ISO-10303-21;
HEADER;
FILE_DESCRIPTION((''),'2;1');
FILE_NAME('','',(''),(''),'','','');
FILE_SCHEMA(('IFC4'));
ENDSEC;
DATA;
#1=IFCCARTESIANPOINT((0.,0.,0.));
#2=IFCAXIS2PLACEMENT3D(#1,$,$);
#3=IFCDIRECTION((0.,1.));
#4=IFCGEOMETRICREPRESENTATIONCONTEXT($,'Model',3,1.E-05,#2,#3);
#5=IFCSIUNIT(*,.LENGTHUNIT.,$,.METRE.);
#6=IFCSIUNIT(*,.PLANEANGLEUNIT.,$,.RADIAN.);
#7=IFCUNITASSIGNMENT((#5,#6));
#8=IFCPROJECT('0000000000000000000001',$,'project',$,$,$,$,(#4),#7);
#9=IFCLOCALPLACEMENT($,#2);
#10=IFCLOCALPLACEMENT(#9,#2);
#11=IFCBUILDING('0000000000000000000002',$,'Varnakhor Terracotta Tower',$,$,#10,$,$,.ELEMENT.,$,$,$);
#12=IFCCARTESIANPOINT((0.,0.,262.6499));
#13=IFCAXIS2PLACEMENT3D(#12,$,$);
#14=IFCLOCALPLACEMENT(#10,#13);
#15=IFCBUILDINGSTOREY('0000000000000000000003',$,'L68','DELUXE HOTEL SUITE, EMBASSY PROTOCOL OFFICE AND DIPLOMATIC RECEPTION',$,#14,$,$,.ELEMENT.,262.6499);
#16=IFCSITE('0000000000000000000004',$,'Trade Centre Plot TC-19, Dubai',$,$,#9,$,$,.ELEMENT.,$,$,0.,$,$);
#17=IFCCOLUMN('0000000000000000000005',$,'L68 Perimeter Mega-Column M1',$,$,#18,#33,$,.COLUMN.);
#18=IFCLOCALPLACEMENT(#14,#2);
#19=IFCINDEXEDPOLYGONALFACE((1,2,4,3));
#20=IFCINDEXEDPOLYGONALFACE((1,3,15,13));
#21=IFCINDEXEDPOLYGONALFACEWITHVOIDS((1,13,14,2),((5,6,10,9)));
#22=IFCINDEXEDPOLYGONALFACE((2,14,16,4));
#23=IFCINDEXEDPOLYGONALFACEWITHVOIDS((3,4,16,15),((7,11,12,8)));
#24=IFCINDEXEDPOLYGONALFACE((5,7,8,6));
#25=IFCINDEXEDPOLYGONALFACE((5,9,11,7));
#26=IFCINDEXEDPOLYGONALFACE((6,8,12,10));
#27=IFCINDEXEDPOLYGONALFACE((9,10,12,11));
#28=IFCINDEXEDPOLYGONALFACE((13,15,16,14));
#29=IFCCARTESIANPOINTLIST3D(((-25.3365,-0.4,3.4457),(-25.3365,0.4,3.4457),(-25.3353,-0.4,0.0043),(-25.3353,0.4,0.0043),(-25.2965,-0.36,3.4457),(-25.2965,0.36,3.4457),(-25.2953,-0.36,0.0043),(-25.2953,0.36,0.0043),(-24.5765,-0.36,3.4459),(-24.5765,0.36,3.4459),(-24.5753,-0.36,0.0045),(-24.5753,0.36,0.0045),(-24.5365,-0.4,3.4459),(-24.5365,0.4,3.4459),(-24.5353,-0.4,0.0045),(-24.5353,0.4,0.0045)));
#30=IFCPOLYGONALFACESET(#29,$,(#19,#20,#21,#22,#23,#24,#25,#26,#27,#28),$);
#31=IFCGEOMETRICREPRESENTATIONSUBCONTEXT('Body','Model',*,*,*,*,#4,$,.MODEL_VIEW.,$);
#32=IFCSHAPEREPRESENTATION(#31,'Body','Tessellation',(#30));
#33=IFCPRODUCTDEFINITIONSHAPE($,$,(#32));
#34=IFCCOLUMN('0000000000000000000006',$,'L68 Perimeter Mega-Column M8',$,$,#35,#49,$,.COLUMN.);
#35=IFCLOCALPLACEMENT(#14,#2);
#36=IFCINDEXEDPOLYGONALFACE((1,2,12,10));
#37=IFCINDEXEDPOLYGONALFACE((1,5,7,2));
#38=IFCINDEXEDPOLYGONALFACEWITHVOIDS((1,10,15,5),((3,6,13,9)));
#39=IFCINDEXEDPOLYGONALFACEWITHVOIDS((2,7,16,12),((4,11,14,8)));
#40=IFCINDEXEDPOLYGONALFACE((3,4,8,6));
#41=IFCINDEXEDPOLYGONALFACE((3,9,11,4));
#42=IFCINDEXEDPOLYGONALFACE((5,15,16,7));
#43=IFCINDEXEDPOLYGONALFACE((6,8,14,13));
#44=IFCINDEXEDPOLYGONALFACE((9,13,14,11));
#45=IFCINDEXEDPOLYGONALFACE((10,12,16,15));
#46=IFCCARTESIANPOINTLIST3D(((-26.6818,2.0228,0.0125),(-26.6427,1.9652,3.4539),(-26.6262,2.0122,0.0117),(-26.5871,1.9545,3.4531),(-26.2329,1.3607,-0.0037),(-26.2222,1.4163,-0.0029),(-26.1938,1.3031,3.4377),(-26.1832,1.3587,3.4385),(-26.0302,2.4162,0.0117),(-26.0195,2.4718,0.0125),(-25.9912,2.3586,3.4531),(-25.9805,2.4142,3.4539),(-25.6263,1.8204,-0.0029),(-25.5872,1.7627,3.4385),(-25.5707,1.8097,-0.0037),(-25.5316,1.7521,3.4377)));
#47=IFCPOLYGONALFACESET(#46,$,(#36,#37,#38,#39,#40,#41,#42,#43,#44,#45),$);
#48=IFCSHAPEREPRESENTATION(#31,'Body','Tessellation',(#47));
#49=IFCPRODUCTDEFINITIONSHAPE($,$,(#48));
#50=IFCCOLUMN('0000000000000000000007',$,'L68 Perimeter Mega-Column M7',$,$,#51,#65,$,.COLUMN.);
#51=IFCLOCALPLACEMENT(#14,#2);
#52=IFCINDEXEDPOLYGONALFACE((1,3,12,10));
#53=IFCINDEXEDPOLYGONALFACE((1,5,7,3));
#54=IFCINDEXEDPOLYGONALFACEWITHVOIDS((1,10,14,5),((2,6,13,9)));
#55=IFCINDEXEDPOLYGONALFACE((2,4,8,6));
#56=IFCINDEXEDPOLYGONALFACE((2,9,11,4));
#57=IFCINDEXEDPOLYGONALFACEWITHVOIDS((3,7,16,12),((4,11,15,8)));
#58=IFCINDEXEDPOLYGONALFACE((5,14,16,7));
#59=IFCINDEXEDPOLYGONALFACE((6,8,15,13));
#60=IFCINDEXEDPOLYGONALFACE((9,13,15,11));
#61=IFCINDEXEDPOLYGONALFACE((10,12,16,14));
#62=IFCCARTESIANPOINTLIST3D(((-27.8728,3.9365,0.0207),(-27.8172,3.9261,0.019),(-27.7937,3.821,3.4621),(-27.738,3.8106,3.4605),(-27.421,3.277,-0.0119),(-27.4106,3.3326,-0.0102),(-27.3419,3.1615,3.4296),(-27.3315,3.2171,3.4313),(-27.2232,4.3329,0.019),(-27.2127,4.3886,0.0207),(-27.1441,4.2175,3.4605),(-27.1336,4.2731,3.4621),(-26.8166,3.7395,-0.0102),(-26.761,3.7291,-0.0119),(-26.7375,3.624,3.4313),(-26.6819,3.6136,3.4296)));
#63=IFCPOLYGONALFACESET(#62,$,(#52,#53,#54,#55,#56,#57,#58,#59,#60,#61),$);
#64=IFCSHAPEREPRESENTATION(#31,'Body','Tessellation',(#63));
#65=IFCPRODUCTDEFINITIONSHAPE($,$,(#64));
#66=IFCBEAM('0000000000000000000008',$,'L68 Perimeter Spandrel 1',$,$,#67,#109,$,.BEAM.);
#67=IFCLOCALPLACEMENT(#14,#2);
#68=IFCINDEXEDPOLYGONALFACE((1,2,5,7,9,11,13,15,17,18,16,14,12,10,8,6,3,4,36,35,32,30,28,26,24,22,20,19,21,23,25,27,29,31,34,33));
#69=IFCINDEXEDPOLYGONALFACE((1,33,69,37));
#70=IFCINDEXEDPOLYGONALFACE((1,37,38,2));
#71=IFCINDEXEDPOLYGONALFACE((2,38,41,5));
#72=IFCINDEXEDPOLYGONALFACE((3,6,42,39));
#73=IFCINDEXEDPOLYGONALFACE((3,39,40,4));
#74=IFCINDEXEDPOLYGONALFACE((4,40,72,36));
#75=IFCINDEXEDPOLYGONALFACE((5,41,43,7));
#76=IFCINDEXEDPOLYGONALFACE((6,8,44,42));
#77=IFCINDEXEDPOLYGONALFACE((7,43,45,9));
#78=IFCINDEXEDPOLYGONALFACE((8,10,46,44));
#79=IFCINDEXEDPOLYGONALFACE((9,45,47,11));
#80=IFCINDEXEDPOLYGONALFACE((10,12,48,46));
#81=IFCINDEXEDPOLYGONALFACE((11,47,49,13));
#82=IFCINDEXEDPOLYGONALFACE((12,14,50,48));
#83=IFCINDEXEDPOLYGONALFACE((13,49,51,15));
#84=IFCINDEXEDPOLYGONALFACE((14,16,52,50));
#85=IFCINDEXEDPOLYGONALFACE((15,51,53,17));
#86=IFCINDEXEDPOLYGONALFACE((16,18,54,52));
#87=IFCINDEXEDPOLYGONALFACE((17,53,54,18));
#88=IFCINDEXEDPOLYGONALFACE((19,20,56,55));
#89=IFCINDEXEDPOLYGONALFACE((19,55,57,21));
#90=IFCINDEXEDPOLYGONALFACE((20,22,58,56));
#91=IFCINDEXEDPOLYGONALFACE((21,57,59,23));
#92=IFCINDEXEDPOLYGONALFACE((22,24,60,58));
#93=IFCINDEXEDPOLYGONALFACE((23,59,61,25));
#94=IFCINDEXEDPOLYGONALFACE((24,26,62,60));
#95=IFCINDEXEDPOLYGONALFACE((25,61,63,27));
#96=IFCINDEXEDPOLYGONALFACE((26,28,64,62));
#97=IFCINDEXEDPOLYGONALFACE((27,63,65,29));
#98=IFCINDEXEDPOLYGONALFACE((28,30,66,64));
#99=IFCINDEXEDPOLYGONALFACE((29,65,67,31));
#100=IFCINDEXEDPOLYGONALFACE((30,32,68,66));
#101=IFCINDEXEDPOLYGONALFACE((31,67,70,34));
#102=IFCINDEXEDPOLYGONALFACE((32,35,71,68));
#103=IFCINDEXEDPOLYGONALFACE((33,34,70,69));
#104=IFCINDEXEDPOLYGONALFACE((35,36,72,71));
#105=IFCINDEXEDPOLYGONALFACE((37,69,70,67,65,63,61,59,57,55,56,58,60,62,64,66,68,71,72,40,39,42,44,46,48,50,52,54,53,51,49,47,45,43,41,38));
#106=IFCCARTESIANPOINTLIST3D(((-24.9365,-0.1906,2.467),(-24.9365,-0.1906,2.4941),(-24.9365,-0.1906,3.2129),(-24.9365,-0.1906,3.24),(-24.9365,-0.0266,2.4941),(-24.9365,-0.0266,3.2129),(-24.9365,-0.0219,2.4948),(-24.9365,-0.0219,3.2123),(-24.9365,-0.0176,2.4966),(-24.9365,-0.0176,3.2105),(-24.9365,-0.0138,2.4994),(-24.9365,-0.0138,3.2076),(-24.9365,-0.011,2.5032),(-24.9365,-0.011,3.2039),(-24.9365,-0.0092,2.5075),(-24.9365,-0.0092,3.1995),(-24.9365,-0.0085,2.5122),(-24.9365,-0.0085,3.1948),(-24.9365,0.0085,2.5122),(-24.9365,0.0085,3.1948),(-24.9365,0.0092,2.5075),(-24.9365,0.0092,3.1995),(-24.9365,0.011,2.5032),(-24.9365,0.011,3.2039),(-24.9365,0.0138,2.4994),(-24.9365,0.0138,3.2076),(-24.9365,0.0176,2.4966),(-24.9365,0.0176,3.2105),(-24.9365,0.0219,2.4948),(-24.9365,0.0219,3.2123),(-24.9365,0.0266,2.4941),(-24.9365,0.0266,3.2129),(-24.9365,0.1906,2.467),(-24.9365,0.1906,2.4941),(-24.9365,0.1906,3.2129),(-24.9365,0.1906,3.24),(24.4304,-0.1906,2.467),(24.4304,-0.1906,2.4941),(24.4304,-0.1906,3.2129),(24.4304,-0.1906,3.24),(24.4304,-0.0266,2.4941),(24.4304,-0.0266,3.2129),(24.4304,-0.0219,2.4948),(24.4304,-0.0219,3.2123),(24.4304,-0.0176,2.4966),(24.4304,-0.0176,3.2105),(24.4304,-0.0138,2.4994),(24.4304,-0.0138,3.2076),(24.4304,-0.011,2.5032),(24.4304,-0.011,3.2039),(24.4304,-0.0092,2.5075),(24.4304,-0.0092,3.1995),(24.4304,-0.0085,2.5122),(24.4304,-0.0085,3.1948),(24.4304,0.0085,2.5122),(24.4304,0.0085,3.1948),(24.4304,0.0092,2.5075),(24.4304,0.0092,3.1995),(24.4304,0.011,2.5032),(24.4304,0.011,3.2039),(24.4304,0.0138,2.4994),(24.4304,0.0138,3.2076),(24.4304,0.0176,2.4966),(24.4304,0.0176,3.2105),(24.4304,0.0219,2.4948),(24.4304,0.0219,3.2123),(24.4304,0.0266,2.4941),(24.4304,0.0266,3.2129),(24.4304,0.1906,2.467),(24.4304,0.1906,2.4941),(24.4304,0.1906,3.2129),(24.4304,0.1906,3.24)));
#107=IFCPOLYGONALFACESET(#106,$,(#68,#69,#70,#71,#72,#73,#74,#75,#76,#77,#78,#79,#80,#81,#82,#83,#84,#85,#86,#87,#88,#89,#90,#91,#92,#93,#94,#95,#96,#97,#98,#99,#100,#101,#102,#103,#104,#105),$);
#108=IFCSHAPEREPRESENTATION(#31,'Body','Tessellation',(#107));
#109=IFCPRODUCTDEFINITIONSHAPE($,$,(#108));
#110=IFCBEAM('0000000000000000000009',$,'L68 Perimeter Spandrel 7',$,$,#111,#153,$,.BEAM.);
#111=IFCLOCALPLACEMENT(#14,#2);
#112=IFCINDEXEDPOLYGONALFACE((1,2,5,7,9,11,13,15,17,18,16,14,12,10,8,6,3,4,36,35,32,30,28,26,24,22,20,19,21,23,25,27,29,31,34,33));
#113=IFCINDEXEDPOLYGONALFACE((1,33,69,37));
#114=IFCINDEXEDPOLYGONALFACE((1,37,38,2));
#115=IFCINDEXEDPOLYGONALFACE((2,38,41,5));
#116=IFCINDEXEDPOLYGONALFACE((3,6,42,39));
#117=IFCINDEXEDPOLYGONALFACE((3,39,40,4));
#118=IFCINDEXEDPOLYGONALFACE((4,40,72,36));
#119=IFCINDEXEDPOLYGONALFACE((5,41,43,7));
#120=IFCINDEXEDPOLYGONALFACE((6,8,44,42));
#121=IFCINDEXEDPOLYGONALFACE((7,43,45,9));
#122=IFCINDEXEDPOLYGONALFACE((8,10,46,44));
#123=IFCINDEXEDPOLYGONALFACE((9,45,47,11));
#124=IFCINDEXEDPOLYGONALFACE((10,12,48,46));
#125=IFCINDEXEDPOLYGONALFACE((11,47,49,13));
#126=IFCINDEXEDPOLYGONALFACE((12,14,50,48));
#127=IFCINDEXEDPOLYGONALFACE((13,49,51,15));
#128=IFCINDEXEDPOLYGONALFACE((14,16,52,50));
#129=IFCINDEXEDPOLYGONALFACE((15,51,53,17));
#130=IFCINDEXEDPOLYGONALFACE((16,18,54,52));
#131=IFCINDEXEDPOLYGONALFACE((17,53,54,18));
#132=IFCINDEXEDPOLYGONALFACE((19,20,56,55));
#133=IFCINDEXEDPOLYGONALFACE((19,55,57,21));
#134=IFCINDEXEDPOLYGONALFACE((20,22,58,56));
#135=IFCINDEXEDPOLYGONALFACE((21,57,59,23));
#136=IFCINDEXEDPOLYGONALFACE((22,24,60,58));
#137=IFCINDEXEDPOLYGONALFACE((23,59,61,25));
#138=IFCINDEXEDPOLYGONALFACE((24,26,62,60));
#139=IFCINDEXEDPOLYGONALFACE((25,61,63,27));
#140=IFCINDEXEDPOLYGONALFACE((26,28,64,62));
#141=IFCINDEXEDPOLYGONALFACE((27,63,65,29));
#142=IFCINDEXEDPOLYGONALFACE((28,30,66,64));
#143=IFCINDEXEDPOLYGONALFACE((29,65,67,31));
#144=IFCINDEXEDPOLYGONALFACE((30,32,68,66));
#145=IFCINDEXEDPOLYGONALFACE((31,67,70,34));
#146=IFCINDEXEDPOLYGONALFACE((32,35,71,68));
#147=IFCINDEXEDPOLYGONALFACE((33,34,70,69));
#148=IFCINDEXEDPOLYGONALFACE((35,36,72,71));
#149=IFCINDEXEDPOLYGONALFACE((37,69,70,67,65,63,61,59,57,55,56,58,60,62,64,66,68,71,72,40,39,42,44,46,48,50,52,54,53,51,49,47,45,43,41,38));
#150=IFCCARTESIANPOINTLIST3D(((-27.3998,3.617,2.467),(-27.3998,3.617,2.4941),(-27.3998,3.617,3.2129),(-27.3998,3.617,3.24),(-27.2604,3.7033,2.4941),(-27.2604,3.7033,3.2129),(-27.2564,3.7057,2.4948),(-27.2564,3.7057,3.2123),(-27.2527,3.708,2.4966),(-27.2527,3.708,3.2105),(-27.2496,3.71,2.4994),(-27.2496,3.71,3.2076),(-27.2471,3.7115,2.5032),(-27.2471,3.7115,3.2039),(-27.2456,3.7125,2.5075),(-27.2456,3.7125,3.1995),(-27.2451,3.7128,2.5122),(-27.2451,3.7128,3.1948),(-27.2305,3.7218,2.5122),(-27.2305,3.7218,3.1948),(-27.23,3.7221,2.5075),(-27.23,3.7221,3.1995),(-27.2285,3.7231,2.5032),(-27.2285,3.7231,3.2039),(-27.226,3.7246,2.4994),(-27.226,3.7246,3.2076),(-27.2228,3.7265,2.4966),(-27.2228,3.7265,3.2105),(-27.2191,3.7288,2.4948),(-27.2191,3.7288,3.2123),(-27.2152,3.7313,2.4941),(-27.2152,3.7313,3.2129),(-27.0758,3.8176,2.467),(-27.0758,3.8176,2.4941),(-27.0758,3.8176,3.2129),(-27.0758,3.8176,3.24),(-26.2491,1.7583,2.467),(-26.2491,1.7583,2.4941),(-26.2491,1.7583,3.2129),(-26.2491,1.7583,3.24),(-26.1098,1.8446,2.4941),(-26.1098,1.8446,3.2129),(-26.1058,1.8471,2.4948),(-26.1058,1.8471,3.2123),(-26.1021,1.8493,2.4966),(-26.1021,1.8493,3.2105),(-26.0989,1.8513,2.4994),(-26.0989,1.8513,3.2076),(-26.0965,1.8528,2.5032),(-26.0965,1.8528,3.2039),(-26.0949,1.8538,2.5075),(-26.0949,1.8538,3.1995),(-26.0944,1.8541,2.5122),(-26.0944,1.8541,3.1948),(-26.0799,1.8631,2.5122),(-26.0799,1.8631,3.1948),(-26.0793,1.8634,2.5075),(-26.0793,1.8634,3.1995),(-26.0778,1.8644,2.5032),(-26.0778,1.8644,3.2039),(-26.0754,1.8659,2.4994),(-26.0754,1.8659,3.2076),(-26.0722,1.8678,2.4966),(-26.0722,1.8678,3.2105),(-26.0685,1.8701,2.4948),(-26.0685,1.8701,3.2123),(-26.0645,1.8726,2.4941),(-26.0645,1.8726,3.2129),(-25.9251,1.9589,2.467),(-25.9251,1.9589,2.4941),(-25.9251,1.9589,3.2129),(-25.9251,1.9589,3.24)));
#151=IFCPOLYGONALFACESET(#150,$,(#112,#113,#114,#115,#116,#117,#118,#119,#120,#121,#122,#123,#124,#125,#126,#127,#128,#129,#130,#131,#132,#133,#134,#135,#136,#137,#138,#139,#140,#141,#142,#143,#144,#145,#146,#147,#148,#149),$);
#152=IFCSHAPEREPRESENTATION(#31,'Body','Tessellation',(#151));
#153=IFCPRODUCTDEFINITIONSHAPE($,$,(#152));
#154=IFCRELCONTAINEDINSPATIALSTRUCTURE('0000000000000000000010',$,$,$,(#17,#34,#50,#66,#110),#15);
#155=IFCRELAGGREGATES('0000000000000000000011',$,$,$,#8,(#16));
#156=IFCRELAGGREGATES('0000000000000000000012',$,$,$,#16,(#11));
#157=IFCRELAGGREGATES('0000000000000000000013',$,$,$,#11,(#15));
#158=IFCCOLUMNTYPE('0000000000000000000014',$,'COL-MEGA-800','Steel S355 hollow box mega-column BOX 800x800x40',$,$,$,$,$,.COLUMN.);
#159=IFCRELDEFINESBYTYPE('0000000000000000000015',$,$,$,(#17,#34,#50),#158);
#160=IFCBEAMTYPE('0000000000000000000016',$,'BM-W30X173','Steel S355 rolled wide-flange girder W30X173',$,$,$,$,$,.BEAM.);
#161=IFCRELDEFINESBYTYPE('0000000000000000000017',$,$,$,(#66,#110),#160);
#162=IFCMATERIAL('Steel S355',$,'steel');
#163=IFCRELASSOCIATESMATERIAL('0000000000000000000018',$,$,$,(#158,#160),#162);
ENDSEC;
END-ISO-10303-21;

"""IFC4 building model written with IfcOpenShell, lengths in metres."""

from ifc_helpers import new_model, si_unit, direction, frame, origin, origin_2d, place, context, subcontext, project, spatial, hollow_rectangle, i_section, extrude, source, transform, mapped, material, material_profile, profile_set, type_object, type_shapes, element, save


model = new_model("IFC4")

# Units and contexts
model_context = context("Model", 3, precision=1e-05, world=origin(), true_north=direction((0.0, 1.0)))
body_context = subcontext(model_context, "Body", "Model", "MODEL_VIEW")
ifc_project = project(units=[si_unit("LENGTHUNIT", "METRE"), si_unit("PLANEANGLEUNIT", "RADIAN")], contexts=[model_context])

# Site, building, storey
site_placement = place(None, origin())
site = spatial("IfcSite", under=ifc_project, at=site_placement, Name="Trade Centre Plot TC-19, Dubai", CompositionType="ELEMENT", RefElevation=0.0)
building_placement = place(site_placement, origin())
building = spatial("IfcBuilding", under=site, at=building_placement, Name="Varnakhor Terracotta Tower", CompositionType="ELEMENT")
storey_placement = place(building_placement, frame((0.0, 0.0, 262.6499)))
storey = spatial("IfcBuildingStorey", under=building, at=storey_placement, Name="L68", Description="DELUXE HOTEL SUITE, EMBASSY PROTOCOL OFFICE AND DIPLOMATIC RECEPTION", CompositionType="ELEMENT", Elevation=262.6499)

# Columns
ifc_material_1 = material(Name="Steel S355", Category="steel")
ifc_material_profile_1 = material_profile(ifc_material_1, hollow_rectangle(XDim=0.8, YDim=0.8, WallThickness=0.04, at=origin_2d()), Name="BOX 800x800x40")
ifc_profile_set_1 = profile_set([ifc_material_profile_1], Name="Steel S355")
column_type = type_object("IfcColumnType", Name="COL-MEGA-800", Description="Steel S355 hollow box mega-column BOX 800x800x40", PredefinedType="COLUMN", material=ifc_profile_set_1)
shared_shape_1 = source(origin(), body_context, "Body", "SweptSolid", [
    extrude(hollow_rectangle(XDim=0.8, YDim=0.8, WallThickness=0.04, at=origin_2d()), origin(), (0.0, 0.0, 1.0), 3.4414),
])
type_shapes(column_type, [shared_shape_1])
column_1_placement = place(storey_placement, frame((-24.9353, 0.0, 0.0044), z_axis=(-0.000355, 0.0, 1.0), x_axis=(1.0, 0.0, 0.0)))
element("IfcColumn", 1, at=column_1_placement, inside=storey, type_object=column_type, Name="L68 Perimeter Mega-Column M1", PredefinedType="COLUMN", context=body_context, shape_type="MappedRepresentation", body=[
    mapped(shared_shape_1, transform((0.0, 0.0, 0.0), scale=1.0)),
])
shared_shape_2 = source(origin(), body_context, "Body", "SweptSolid", [
    extrude(hollow_rectangle(XDim=0.8, YDim=0.8, WallThickness=0.04, at=origin_2d()), origin(), (0.0, 0.0, 1.0), 3.4421),
])
column_2_placement = place(storey_placement, frame((-26.1262, 1.9163, 0.0044), z_axis=(0.011348, -0.016739, 0.999795), x_axis=(0.827708, 0.561158, 0.0)))
element("IfcColumn", 2, at=column_2_placement, inside=storey, type_object=column_type, Name="L68 Perimeter Mega-Column M8", PredefinedType="COLUMN", context=body_context, shape_type="MappedRepresentation", body=[
    mapped(shared_shape_2, transform((0.0, 0.0, 0.0), scale=1.0)),
])
shared_shape_3 = source(origin(), body_context, "Body", "SweptSolid", [
    extrude(hollow_rectangle(XDim=0.8, YDim=0.8, WallThickness=0.04, at=origin_2d()), origin(), (0.0, 0.0, 1.0), 3.4443),
])
column_3_placement = place(storey_placement, frame((-27.3169, 3.8328, 0.0044), z_axis=(0.022966, -0.033528, 0.999174), x_axis=(0.825008, 0.565122, 0.0)))
element("IfcColumn", 3, at=column_3_placement, inside=storey, type_object=column_type, Name="L68 Perimeter Mega-Column M7", PredefinedType="COLUMN", context=body_context, shape_type="MappedRepresentation", body=[
    mapped(shared_shape_3, transform((0.0, 0.0, 0.0), scale=1.0)),
])

# Beams
ifc_material_profile_2 = material_profile(ifc_material_1, i_section(OverallWidth=0.3811, OverallDepth=0.7729, WebThickness=0.0171, FlangeThickness=0.0271, FilletRadius=0.0181, at=origin_2d()), Name="W30X173")
ifc_profile_set_2 = profile_set([ifc_material_profile_2], Name="Steel S355")
beam_type_1 = type_object("IfcBeamType", Name="BM-W30X173", Description="Steel S355 rolled wide-flange girder W30X173", PredefinedType="BEAM", material=ifc_profile_set_2)
shared_shape_4 = source(origin(), body_context, "Body", "SweptSolid", [
    extrude(i_section(OverallWidth=0.3811, OverallDepth=0.7729, WebThickness=0.0171, FlangeThickness=0.0271, FilletRadius=0.0181, at=origin_2d()), origin(), (0.0, 0.0, 1.0), 49.3669),
])
beam_1_placement = place(storey_placement, frame((-24.9365, 0.0, 2.8535), z_axis=(1.0, 0.0, 0.0), x_axis=(0.0, 1.0, 0.0)))
element("IfcBeam", 4, at=beam_1_placement, inside=storey, type_object=beam_type_1, Name="L68 Perimeter Spandrel 1", PredefinedType="BEAM", context=body_context, shape_type="MappedRepresentation", body=[
    mapped(shared_shape_4, transform((0.0, 0.0, 0.0), scale=1.0)),
])
shared_shape_5 = source(origin(), body_context, "Body", "SweptSolid", [
    extrude(i_section(OverallWidth=0.3811, OverallDepth=0.7729, WebThickness=0.0171, FlangeThickness=0.0271, FilletRadius=0.0181, at=origin_2d()), origin(), (0.0, 0.0, 1.0), 2.186),
])
for number, where, z_axis, x_axis, name in (
    (5, (-27.2378, 3.7173, 2.8535), (0.52637, -0.850256, 0.0), (0.850256, 0.52637, 0.0), "L68 Perimeter Spandrel 7"),
):
    element("IfcBeam", number, at=place(storey_placement, frame(where, z_axis=z_axis, x_axis=x_axis)), inside=storey, type_object=beam_type_1, Name=name, PredefinedType="BEAM", context=body_context, shape_type="MappedRepresentation", body=[
        mapped(shared_shape_5, transform((0.0, 0.0, 0.0), scale=1.0)),
    ])

save(model, "model.ifc")
